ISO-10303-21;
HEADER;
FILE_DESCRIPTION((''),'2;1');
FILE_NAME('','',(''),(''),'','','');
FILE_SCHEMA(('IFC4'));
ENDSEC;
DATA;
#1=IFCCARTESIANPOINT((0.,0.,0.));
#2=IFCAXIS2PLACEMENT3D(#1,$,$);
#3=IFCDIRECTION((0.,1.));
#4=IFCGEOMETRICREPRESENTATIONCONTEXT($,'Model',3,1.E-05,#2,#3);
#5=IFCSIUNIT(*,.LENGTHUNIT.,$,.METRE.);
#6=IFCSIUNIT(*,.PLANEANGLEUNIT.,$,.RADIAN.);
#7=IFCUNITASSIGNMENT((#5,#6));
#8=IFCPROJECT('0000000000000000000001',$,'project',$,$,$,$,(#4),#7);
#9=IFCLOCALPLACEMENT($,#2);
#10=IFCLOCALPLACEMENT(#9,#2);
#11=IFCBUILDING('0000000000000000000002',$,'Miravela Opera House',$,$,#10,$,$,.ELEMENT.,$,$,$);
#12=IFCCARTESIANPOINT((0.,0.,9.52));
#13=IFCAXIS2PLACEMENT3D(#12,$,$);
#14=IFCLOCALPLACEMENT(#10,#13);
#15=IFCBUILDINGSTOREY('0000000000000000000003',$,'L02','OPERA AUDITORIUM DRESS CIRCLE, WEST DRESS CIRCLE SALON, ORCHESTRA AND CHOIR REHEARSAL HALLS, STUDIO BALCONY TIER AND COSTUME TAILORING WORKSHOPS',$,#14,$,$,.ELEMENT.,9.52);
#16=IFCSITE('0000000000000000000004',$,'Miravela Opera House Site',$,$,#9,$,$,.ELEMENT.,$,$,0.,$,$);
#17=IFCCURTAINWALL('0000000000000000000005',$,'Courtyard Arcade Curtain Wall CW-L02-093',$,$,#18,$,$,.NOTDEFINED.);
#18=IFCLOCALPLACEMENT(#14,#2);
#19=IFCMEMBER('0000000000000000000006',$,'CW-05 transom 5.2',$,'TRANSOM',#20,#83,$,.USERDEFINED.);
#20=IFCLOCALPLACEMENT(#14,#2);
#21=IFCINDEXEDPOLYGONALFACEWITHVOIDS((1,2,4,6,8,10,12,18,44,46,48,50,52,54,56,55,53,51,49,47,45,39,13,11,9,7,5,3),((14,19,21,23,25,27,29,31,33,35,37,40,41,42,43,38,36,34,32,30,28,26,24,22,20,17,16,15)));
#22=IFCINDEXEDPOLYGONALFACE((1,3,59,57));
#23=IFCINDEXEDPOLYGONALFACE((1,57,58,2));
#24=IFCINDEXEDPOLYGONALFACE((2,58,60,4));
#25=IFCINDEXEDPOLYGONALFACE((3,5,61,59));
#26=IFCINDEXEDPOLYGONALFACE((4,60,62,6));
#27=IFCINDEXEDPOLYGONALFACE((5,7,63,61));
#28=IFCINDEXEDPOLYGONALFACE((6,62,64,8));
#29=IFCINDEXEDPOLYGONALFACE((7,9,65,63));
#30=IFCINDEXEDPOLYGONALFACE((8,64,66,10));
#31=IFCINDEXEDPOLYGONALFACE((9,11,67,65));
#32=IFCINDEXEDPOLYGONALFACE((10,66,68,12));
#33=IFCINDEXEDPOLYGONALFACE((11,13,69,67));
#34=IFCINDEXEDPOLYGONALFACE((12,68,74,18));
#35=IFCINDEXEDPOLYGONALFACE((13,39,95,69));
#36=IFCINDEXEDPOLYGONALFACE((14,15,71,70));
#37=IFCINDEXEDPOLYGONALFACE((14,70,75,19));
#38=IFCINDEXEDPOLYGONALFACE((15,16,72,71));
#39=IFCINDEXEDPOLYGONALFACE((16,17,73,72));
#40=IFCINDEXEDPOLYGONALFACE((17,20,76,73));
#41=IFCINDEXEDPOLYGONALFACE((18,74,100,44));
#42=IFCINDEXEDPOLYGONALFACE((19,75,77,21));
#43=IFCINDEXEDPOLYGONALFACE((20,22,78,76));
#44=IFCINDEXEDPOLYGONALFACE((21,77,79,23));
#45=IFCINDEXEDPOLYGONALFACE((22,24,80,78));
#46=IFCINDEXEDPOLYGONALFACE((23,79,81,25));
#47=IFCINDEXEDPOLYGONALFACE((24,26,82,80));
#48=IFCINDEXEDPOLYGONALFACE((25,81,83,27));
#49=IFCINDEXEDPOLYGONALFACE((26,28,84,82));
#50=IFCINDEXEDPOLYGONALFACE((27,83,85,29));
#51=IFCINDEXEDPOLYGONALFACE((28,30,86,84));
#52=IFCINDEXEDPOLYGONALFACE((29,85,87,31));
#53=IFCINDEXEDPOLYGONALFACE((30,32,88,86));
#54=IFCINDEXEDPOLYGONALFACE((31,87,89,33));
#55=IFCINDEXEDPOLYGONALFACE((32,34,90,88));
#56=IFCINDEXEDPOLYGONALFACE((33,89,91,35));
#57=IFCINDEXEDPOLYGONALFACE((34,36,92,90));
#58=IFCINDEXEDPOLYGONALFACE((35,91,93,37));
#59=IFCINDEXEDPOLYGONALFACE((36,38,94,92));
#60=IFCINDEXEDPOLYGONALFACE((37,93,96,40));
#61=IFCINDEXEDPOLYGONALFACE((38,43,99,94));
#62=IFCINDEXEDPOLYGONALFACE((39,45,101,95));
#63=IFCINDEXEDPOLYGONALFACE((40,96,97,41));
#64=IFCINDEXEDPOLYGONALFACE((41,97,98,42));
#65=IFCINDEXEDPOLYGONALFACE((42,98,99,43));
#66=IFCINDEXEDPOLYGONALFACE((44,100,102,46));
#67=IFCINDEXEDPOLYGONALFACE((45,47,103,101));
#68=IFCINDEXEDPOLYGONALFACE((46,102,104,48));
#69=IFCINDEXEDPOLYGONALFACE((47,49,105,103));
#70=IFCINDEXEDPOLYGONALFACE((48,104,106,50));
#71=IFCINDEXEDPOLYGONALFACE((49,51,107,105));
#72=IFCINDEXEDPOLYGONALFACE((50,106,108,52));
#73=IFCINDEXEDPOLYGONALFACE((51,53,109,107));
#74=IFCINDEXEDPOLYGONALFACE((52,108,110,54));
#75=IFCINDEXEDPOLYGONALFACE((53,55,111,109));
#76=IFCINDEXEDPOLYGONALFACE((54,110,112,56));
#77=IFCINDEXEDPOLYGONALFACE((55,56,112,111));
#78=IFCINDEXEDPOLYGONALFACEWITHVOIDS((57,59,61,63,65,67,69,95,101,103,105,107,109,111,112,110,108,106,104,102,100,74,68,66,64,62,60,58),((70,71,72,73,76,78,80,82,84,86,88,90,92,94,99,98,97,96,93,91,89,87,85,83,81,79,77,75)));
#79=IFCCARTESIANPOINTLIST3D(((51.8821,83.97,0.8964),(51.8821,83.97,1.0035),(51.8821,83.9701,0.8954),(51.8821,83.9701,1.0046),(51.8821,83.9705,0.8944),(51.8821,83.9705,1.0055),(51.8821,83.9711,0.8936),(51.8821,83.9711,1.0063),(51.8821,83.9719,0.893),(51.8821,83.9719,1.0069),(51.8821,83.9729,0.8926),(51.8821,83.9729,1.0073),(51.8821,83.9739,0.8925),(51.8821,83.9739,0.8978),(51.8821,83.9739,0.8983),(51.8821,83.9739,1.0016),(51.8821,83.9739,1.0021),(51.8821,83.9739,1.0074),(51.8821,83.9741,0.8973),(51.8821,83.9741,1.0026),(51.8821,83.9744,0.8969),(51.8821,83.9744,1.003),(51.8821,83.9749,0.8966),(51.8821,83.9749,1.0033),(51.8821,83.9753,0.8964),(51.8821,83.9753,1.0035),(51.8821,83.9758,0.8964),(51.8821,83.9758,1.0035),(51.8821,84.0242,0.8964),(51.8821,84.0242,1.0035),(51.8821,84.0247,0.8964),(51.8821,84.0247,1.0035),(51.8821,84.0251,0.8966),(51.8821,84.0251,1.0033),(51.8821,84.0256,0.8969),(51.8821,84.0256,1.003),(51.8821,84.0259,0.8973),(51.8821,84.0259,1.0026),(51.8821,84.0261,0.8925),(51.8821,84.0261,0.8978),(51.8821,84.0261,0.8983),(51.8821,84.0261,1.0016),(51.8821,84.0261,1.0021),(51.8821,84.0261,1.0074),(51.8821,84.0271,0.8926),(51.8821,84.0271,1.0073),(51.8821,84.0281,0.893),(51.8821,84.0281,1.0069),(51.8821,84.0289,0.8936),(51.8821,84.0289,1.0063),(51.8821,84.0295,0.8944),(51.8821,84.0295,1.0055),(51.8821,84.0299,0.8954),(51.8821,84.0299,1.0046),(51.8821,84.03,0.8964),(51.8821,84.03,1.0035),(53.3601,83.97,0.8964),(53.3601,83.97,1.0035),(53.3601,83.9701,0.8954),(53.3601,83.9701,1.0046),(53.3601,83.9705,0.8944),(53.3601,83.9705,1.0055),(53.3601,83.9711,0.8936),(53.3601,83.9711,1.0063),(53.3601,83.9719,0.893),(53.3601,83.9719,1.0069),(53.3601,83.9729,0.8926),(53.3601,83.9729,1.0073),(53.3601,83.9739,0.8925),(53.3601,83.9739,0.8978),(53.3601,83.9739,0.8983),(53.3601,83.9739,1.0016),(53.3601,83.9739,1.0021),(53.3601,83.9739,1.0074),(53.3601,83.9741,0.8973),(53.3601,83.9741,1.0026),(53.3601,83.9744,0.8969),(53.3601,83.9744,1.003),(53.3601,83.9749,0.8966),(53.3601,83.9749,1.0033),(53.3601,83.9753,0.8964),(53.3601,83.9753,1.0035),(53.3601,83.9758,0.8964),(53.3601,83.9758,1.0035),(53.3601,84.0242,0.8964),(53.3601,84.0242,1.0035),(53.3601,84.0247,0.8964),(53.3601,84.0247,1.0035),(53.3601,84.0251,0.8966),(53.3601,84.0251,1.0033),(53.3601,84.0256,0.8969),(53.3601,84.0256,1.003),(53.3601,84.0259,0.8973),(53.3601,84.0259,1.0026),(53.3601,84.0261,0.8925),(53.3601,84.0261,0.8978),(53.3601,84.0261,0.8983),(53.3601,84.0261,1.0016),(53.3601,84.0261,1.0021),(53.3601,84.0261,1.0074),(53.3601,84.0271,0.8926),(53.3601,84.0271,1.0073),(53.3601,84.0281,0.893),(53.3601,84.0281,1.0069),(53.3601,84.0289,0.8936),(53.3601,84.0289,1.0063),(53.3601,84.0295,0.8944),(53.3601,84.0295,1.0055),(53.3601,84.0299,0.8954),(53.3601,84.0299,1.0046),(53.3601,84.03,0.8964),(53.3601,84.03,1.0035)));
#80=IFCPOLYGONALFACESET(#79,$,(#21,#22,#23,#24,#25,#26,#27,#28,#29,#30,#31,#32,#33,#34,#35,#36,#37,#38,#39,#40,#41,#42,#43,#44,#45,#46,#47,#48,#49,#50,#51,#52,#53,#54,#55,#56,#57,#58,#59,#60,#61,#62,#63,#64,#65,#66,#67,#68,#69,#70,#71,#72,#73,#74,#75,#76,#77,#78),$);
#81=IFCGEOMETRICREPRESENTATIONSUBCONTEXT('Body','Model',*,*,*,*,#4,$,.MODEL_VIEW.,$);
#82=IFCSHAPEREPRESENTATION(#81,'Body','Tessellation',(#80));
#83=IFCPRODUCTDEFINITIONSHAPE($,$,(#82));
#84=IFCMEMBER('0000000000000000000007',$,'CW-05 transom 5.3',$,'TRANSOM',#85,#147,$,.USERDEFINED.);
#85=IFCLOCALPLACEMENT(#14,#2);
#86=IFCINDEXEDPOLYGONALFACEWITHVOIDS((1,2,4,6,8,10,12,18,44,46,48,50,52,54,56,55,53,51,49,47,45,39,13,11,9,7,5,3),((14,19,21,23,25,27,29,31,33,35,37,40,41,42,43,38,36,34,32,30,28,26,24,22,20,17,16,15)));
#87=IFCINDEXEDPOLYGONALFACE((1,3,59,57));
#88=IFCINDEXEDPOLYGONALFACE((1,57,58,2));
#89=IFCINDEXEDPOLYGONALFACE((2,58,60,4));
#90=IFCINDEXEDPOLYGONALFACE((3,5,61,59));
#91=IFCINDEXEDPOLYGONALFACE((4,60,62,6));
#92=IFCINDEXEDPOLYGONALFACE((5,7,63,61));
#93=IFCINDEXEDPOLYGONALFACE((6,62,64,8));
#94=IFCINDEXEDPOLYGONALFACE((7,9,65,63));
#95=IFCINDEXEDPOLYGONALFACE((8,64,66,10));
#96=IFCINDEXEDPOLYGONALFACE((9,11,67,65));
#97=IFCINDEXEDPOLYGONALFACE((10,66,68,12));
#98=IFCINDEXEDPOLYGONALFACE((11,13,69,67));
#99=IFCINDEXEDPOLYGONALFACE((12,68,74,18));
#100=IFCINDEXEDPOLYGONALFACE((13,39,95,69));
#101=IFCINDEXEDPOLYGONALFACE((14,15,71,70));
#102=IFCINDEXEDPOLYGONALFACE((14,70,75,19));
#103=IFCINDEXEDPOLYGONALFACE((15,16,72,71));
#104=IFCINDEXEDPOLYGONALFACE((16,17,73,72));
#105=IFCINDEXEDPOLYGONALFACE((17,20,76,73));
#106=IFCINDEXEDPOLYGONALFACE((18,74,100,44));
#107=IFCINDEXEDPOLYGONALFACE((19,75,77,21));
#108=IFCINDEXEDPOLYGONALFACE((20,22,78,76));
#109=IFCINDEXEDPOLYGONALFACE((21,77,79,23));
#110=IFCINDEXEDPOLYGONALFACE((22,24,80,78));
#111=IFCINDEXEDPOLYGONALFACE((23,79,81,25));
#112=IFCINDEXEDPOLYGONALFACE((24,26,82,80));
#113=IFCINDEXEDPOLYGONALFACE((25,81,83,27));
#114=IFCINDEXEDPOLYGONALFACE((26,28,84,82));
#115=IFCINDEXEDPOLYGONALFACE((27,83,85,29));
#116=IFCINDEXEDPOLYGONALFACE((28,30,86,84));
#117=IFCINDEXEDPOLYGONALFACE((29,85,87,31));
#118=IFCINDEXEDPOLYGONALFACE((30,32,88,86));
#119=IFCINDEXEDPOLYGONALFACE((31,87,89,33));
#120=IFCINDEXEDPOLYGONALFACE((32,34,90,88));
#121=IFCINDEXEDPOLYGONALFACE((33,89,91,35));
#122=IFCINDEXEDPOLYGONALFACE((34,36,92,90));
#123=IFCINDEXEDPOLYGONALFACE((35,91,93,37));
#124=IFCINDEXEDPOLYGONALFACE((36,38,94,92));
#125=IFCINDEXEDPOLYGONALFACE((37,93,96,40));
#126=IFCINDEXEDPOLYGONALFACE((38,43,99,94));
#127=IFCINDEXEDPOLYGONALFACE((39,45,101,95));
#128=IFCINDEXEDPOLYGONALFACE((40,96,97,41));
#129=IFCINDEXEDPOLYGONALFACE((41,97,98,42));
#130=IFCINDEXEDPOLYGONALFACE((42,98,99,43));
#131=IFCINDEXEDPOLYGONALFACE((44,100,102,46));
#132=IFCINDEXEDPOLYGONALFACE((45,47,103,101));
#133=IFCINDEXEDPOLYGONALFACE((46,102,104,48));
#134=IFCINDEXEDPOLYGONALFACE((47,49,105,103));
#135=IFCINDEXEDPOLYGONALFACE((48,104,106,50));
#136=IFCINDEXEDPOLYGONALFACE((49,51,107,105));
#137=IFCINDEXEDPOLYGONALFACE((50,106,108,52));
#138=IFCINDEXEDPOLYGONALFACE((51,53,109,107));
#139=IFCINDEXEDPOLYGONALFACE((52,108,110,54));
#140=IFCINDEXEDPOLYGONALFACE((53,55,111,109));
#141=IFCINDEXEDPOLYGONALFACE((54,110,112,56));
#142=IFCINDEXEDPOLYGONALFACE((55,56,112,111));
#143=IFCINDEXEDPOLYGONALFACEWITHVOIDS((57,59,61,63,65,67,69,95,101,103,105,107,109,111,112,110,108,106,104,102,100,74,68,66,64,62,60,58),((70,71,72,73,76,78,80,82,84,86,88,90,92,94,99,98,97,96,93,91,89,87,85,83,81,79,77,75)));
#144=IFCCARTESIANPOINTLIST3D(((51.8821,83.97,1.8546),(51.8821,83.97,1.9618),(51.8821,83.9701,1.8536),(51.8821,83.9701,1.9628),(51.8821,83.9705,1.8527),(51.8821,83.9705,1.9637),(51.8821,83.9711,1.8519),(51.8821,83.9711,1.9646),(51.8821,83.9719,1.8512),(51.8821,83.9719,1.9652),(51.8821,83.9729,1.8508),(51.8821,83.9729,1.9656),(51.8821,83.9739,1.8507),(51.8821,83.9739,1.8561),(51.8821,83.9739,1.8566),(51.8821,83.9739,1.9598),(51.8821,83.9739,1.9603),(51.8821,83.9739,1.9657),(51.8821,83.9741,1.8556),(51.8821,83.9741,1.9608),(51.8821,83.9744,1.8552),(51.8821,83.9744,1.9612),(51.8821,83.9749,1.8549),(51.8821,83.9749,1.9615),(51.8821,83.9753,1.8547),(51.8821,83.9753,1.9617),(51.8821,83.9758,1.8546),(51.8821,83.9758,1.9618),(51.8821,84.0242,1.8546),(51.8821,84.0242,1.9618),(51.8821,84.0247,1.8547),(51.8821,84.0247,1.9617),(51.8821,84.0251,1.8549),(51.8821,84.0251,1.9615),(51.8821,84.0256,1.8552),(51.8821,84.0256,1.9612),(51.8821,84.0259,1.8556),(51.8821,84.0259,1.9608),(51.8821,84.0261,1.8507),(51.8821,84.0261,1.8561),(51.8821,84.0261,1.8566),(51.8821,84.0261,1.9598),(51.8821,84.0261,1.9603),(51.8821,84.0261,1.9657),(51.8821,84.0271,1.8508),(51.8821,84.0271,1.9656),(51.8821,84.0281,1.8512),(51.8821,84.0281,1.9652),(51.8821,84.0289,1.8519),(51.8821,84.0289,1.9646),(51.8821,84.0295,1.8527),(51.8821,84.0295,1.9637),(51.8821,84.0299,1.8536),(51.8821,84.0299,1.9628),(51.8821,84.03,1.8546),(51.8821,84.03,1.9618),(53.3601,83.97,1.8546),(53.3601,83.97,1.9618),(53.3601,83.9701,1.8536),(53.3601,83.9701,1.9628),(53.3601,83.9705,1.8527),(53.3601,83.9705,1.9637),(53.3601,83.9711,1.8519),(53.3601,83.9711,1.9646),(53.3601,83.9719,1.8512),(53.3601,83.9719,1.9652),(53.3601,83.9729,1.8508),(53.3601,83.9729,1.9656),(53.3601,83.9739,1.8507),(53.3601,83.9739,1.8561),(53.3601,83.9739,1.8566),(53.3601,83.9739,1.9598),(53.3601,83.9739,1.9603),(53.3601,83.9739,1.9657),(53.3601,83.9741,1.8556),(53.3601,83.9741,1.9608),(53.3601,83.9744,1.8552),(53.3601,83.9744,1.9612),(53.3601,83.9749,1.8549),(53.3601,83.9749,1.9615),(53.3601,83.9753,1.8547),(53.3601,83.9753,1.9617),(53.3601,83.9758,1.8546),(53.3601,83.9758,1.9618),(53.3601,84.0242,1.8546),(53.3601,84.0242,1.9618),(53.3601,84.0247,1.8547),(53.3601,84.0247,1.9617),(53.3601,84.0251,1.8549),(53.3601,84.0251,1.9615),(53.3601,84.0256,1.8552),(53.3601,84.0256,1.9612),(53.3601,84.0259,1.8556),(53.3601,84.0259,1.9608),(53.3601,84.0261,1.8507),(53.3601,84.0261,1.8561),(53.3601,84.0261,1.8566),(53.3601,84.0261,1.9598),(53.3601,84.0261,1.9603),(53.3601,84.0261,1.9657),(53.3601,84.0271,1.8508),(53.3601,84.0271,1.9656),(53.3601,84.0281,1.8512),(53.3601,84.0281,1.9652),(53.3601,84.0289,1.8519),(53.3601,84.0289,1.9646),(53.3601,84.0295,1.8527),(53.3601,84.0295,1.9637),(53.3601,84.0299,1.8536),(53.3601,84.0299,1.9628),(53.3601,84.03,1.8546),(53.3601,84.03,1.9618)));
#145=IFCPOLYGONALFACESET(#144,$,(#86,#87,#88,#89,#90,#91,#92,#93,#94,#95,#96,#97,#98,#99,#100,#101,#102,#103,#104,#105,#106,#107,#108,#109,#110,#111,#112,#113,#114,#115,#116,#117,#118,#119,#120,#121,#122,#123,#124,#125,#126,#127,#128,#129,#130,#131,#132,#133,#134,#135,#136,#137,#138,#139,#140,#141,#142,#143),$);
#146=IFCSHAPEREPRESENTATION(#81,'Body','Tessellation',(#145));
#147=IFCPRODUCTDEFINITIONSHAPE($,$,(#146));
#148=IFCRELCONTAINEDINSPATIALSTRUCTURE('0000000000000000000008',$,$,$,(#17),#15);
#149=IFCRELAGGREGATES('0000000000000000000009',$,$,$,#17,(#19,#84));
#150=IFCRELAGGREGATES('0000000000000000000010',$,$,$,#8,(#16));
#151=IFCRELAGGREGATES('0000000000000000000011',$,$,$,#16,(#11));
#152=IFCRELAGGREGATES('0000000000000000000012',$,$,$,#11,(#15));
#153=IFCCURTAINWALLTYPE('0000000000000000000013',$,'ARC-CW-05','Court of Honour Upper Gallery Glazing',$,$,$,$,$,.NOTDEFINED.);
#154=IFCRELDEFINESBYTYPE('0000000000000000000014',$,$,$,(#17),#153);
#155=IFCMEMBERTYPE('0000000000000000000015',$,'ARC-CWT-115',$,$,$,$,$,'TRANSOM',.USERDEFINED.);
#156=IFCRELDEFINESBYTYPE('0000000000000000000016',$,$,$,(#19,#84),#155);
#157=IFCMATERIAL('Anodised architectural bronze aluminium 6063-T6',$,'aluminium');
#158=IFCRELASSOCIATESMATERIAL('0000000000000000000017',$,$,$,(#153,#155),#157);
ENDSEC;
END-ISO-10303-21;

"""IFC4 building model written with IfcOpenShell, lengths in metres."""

from ifc_helpers import new_model, si_unit, direction, frame, origin, origin_2d, place, context, subcontext, project, spatial, hollow_rectangle, extrude, material, material_profile, profile_set, type_object, element, aggregate, save


model = new_model("IFC4")

# Units and contexts
model_context = context("Model", 3, precision=1e-05, world=origin(), true_north=direction((0.0, 1.0)))
body_context = subcontext(model_context, "Body", "Model", "MODEL_VIEW")
ifc_project = project(units=[si_unit("LENGTHUNIT", "METRE"), si_unit("PLANEANGLEUNIT", "RADIAN")], contexts=[model_context])

# Site, building, storey
site_placement = place(None, origin())
site = spatial("IfcSite", under=ifc_project, at=site_placement, Name="Miravela Opera House Site", CompositionType="ELEMENT", RefElevation=0.0)
building_placement = place(site_placement, origin())
building = spatial("IfcBuilding", under=site, at=building_placement, Name="Miravela Opera House", CompositionType="ELEMENT")
storey_placement = place(building_placement, frame((0.0, 0.0, 9.52)))
storey = spatial("IfcBuildingStorey", under=building, at=storey_placement, Name="L02", Description="OPERA AUDITORIUM DRESS CIRCLE, WEST DRESS CIRCLE SALON, ORCHESTRA AND CHOIR REHEARSAL HALLS, STUDIO BALCONY TIER AND COSTUME TAILORING WORKSHOPS", CompositionType="ELEMENT", Elevation=9.52)

# Curtain wall, members
ifc_material_1 = material(Name="Anodised architectural bronze aluminium 6063-T6", Category="aluminium")
curtain_wall_type = type_object("IfcCurtainWallType", Name="ARC-CW-05", Description="Court of Honour Upper Gallery Glazing", PredefinedType="NOTDEFINED", material=ifc_material_1)
curtain_wall_placement = place(storey_placement, origin())
curtain_wall = element("IfcCurtainWall", 1, at=curtain_wall_placement, inside=storey, type_object=curtain_wall_type, Name="Courtyard Arcade Curtain Wall CW-L02-093", PredefinedType="NOTDEFINED")
ifc_material_profile_1 = material_profile(ifc_material_1, hollow_rectangle(XDim=0.0601, YDim=0.115, WallThickness=0.0039, InnerFilletRadius=0.002, OuterFilletRadius=0.0039, at=origin_2d()), Name="CWT-60X115")
ifc_profile_set_1 = profile_set([ifc_material_profile_1])
member_type_1 = type_object("IfcMemberType", Name="ARC-CWT-115", ElementType="TRANSOM", PredefinedType="USERDEFINED", material=ifc_profile_set_1)
member_1_placement = place(storey_placement, frame((51.8821, 84.0, 0.95), z_axis=(1.0, 0.0, 0.0), x_axis=(0.0, 1.0, 0.0)))
member_1 = element("IfcMember", 2, at=member_1_placement, type_object=member_type_1, Name="CW-05 transom 5.2", ObjectType="TRANSOM", PredefinedType="USERDEFINED", context=body_context, shape_type="SweptSolid", body=[
    extrude(hollow_rectangle(XDim=0.0601, YDim=0.115, WallThickness=0.0039, InnerFilletRadius=0.002, OuterFilletRadius=0.0039, at=origin_2d()), origin(), (0.0, 0.0, 1.0), 1.478),
])
member_2_placement = place(storey_placement, frame((51.8821, 84.0, 1.9082), z_axis=(1.0, 0.0, 0.0), x_axis=(0.0, 1.0, 0.0)))
member_2 = element("IfcMember", 3, at=member_2_placement, type_object=member_type_1, Name="CW-05 transom 5.3", ObjectType="TRANSOM", PredefinedType="USERDEFINED", context=body_context, shape_type="SweptSolid", body=[
    extrude(hollow_rectangle(XDim=0.0601, YDim=0.115, WallThickness=0.0039, InnerFilletRadius=0.002, OuterFilletRadius=0.0039, at=origin_2d()), origin(), (0.0, 0.0, 1.0), 1.478),
])
aggregate(curtain_wall, [member_1, member_2])

save(model, "model.ifc")
